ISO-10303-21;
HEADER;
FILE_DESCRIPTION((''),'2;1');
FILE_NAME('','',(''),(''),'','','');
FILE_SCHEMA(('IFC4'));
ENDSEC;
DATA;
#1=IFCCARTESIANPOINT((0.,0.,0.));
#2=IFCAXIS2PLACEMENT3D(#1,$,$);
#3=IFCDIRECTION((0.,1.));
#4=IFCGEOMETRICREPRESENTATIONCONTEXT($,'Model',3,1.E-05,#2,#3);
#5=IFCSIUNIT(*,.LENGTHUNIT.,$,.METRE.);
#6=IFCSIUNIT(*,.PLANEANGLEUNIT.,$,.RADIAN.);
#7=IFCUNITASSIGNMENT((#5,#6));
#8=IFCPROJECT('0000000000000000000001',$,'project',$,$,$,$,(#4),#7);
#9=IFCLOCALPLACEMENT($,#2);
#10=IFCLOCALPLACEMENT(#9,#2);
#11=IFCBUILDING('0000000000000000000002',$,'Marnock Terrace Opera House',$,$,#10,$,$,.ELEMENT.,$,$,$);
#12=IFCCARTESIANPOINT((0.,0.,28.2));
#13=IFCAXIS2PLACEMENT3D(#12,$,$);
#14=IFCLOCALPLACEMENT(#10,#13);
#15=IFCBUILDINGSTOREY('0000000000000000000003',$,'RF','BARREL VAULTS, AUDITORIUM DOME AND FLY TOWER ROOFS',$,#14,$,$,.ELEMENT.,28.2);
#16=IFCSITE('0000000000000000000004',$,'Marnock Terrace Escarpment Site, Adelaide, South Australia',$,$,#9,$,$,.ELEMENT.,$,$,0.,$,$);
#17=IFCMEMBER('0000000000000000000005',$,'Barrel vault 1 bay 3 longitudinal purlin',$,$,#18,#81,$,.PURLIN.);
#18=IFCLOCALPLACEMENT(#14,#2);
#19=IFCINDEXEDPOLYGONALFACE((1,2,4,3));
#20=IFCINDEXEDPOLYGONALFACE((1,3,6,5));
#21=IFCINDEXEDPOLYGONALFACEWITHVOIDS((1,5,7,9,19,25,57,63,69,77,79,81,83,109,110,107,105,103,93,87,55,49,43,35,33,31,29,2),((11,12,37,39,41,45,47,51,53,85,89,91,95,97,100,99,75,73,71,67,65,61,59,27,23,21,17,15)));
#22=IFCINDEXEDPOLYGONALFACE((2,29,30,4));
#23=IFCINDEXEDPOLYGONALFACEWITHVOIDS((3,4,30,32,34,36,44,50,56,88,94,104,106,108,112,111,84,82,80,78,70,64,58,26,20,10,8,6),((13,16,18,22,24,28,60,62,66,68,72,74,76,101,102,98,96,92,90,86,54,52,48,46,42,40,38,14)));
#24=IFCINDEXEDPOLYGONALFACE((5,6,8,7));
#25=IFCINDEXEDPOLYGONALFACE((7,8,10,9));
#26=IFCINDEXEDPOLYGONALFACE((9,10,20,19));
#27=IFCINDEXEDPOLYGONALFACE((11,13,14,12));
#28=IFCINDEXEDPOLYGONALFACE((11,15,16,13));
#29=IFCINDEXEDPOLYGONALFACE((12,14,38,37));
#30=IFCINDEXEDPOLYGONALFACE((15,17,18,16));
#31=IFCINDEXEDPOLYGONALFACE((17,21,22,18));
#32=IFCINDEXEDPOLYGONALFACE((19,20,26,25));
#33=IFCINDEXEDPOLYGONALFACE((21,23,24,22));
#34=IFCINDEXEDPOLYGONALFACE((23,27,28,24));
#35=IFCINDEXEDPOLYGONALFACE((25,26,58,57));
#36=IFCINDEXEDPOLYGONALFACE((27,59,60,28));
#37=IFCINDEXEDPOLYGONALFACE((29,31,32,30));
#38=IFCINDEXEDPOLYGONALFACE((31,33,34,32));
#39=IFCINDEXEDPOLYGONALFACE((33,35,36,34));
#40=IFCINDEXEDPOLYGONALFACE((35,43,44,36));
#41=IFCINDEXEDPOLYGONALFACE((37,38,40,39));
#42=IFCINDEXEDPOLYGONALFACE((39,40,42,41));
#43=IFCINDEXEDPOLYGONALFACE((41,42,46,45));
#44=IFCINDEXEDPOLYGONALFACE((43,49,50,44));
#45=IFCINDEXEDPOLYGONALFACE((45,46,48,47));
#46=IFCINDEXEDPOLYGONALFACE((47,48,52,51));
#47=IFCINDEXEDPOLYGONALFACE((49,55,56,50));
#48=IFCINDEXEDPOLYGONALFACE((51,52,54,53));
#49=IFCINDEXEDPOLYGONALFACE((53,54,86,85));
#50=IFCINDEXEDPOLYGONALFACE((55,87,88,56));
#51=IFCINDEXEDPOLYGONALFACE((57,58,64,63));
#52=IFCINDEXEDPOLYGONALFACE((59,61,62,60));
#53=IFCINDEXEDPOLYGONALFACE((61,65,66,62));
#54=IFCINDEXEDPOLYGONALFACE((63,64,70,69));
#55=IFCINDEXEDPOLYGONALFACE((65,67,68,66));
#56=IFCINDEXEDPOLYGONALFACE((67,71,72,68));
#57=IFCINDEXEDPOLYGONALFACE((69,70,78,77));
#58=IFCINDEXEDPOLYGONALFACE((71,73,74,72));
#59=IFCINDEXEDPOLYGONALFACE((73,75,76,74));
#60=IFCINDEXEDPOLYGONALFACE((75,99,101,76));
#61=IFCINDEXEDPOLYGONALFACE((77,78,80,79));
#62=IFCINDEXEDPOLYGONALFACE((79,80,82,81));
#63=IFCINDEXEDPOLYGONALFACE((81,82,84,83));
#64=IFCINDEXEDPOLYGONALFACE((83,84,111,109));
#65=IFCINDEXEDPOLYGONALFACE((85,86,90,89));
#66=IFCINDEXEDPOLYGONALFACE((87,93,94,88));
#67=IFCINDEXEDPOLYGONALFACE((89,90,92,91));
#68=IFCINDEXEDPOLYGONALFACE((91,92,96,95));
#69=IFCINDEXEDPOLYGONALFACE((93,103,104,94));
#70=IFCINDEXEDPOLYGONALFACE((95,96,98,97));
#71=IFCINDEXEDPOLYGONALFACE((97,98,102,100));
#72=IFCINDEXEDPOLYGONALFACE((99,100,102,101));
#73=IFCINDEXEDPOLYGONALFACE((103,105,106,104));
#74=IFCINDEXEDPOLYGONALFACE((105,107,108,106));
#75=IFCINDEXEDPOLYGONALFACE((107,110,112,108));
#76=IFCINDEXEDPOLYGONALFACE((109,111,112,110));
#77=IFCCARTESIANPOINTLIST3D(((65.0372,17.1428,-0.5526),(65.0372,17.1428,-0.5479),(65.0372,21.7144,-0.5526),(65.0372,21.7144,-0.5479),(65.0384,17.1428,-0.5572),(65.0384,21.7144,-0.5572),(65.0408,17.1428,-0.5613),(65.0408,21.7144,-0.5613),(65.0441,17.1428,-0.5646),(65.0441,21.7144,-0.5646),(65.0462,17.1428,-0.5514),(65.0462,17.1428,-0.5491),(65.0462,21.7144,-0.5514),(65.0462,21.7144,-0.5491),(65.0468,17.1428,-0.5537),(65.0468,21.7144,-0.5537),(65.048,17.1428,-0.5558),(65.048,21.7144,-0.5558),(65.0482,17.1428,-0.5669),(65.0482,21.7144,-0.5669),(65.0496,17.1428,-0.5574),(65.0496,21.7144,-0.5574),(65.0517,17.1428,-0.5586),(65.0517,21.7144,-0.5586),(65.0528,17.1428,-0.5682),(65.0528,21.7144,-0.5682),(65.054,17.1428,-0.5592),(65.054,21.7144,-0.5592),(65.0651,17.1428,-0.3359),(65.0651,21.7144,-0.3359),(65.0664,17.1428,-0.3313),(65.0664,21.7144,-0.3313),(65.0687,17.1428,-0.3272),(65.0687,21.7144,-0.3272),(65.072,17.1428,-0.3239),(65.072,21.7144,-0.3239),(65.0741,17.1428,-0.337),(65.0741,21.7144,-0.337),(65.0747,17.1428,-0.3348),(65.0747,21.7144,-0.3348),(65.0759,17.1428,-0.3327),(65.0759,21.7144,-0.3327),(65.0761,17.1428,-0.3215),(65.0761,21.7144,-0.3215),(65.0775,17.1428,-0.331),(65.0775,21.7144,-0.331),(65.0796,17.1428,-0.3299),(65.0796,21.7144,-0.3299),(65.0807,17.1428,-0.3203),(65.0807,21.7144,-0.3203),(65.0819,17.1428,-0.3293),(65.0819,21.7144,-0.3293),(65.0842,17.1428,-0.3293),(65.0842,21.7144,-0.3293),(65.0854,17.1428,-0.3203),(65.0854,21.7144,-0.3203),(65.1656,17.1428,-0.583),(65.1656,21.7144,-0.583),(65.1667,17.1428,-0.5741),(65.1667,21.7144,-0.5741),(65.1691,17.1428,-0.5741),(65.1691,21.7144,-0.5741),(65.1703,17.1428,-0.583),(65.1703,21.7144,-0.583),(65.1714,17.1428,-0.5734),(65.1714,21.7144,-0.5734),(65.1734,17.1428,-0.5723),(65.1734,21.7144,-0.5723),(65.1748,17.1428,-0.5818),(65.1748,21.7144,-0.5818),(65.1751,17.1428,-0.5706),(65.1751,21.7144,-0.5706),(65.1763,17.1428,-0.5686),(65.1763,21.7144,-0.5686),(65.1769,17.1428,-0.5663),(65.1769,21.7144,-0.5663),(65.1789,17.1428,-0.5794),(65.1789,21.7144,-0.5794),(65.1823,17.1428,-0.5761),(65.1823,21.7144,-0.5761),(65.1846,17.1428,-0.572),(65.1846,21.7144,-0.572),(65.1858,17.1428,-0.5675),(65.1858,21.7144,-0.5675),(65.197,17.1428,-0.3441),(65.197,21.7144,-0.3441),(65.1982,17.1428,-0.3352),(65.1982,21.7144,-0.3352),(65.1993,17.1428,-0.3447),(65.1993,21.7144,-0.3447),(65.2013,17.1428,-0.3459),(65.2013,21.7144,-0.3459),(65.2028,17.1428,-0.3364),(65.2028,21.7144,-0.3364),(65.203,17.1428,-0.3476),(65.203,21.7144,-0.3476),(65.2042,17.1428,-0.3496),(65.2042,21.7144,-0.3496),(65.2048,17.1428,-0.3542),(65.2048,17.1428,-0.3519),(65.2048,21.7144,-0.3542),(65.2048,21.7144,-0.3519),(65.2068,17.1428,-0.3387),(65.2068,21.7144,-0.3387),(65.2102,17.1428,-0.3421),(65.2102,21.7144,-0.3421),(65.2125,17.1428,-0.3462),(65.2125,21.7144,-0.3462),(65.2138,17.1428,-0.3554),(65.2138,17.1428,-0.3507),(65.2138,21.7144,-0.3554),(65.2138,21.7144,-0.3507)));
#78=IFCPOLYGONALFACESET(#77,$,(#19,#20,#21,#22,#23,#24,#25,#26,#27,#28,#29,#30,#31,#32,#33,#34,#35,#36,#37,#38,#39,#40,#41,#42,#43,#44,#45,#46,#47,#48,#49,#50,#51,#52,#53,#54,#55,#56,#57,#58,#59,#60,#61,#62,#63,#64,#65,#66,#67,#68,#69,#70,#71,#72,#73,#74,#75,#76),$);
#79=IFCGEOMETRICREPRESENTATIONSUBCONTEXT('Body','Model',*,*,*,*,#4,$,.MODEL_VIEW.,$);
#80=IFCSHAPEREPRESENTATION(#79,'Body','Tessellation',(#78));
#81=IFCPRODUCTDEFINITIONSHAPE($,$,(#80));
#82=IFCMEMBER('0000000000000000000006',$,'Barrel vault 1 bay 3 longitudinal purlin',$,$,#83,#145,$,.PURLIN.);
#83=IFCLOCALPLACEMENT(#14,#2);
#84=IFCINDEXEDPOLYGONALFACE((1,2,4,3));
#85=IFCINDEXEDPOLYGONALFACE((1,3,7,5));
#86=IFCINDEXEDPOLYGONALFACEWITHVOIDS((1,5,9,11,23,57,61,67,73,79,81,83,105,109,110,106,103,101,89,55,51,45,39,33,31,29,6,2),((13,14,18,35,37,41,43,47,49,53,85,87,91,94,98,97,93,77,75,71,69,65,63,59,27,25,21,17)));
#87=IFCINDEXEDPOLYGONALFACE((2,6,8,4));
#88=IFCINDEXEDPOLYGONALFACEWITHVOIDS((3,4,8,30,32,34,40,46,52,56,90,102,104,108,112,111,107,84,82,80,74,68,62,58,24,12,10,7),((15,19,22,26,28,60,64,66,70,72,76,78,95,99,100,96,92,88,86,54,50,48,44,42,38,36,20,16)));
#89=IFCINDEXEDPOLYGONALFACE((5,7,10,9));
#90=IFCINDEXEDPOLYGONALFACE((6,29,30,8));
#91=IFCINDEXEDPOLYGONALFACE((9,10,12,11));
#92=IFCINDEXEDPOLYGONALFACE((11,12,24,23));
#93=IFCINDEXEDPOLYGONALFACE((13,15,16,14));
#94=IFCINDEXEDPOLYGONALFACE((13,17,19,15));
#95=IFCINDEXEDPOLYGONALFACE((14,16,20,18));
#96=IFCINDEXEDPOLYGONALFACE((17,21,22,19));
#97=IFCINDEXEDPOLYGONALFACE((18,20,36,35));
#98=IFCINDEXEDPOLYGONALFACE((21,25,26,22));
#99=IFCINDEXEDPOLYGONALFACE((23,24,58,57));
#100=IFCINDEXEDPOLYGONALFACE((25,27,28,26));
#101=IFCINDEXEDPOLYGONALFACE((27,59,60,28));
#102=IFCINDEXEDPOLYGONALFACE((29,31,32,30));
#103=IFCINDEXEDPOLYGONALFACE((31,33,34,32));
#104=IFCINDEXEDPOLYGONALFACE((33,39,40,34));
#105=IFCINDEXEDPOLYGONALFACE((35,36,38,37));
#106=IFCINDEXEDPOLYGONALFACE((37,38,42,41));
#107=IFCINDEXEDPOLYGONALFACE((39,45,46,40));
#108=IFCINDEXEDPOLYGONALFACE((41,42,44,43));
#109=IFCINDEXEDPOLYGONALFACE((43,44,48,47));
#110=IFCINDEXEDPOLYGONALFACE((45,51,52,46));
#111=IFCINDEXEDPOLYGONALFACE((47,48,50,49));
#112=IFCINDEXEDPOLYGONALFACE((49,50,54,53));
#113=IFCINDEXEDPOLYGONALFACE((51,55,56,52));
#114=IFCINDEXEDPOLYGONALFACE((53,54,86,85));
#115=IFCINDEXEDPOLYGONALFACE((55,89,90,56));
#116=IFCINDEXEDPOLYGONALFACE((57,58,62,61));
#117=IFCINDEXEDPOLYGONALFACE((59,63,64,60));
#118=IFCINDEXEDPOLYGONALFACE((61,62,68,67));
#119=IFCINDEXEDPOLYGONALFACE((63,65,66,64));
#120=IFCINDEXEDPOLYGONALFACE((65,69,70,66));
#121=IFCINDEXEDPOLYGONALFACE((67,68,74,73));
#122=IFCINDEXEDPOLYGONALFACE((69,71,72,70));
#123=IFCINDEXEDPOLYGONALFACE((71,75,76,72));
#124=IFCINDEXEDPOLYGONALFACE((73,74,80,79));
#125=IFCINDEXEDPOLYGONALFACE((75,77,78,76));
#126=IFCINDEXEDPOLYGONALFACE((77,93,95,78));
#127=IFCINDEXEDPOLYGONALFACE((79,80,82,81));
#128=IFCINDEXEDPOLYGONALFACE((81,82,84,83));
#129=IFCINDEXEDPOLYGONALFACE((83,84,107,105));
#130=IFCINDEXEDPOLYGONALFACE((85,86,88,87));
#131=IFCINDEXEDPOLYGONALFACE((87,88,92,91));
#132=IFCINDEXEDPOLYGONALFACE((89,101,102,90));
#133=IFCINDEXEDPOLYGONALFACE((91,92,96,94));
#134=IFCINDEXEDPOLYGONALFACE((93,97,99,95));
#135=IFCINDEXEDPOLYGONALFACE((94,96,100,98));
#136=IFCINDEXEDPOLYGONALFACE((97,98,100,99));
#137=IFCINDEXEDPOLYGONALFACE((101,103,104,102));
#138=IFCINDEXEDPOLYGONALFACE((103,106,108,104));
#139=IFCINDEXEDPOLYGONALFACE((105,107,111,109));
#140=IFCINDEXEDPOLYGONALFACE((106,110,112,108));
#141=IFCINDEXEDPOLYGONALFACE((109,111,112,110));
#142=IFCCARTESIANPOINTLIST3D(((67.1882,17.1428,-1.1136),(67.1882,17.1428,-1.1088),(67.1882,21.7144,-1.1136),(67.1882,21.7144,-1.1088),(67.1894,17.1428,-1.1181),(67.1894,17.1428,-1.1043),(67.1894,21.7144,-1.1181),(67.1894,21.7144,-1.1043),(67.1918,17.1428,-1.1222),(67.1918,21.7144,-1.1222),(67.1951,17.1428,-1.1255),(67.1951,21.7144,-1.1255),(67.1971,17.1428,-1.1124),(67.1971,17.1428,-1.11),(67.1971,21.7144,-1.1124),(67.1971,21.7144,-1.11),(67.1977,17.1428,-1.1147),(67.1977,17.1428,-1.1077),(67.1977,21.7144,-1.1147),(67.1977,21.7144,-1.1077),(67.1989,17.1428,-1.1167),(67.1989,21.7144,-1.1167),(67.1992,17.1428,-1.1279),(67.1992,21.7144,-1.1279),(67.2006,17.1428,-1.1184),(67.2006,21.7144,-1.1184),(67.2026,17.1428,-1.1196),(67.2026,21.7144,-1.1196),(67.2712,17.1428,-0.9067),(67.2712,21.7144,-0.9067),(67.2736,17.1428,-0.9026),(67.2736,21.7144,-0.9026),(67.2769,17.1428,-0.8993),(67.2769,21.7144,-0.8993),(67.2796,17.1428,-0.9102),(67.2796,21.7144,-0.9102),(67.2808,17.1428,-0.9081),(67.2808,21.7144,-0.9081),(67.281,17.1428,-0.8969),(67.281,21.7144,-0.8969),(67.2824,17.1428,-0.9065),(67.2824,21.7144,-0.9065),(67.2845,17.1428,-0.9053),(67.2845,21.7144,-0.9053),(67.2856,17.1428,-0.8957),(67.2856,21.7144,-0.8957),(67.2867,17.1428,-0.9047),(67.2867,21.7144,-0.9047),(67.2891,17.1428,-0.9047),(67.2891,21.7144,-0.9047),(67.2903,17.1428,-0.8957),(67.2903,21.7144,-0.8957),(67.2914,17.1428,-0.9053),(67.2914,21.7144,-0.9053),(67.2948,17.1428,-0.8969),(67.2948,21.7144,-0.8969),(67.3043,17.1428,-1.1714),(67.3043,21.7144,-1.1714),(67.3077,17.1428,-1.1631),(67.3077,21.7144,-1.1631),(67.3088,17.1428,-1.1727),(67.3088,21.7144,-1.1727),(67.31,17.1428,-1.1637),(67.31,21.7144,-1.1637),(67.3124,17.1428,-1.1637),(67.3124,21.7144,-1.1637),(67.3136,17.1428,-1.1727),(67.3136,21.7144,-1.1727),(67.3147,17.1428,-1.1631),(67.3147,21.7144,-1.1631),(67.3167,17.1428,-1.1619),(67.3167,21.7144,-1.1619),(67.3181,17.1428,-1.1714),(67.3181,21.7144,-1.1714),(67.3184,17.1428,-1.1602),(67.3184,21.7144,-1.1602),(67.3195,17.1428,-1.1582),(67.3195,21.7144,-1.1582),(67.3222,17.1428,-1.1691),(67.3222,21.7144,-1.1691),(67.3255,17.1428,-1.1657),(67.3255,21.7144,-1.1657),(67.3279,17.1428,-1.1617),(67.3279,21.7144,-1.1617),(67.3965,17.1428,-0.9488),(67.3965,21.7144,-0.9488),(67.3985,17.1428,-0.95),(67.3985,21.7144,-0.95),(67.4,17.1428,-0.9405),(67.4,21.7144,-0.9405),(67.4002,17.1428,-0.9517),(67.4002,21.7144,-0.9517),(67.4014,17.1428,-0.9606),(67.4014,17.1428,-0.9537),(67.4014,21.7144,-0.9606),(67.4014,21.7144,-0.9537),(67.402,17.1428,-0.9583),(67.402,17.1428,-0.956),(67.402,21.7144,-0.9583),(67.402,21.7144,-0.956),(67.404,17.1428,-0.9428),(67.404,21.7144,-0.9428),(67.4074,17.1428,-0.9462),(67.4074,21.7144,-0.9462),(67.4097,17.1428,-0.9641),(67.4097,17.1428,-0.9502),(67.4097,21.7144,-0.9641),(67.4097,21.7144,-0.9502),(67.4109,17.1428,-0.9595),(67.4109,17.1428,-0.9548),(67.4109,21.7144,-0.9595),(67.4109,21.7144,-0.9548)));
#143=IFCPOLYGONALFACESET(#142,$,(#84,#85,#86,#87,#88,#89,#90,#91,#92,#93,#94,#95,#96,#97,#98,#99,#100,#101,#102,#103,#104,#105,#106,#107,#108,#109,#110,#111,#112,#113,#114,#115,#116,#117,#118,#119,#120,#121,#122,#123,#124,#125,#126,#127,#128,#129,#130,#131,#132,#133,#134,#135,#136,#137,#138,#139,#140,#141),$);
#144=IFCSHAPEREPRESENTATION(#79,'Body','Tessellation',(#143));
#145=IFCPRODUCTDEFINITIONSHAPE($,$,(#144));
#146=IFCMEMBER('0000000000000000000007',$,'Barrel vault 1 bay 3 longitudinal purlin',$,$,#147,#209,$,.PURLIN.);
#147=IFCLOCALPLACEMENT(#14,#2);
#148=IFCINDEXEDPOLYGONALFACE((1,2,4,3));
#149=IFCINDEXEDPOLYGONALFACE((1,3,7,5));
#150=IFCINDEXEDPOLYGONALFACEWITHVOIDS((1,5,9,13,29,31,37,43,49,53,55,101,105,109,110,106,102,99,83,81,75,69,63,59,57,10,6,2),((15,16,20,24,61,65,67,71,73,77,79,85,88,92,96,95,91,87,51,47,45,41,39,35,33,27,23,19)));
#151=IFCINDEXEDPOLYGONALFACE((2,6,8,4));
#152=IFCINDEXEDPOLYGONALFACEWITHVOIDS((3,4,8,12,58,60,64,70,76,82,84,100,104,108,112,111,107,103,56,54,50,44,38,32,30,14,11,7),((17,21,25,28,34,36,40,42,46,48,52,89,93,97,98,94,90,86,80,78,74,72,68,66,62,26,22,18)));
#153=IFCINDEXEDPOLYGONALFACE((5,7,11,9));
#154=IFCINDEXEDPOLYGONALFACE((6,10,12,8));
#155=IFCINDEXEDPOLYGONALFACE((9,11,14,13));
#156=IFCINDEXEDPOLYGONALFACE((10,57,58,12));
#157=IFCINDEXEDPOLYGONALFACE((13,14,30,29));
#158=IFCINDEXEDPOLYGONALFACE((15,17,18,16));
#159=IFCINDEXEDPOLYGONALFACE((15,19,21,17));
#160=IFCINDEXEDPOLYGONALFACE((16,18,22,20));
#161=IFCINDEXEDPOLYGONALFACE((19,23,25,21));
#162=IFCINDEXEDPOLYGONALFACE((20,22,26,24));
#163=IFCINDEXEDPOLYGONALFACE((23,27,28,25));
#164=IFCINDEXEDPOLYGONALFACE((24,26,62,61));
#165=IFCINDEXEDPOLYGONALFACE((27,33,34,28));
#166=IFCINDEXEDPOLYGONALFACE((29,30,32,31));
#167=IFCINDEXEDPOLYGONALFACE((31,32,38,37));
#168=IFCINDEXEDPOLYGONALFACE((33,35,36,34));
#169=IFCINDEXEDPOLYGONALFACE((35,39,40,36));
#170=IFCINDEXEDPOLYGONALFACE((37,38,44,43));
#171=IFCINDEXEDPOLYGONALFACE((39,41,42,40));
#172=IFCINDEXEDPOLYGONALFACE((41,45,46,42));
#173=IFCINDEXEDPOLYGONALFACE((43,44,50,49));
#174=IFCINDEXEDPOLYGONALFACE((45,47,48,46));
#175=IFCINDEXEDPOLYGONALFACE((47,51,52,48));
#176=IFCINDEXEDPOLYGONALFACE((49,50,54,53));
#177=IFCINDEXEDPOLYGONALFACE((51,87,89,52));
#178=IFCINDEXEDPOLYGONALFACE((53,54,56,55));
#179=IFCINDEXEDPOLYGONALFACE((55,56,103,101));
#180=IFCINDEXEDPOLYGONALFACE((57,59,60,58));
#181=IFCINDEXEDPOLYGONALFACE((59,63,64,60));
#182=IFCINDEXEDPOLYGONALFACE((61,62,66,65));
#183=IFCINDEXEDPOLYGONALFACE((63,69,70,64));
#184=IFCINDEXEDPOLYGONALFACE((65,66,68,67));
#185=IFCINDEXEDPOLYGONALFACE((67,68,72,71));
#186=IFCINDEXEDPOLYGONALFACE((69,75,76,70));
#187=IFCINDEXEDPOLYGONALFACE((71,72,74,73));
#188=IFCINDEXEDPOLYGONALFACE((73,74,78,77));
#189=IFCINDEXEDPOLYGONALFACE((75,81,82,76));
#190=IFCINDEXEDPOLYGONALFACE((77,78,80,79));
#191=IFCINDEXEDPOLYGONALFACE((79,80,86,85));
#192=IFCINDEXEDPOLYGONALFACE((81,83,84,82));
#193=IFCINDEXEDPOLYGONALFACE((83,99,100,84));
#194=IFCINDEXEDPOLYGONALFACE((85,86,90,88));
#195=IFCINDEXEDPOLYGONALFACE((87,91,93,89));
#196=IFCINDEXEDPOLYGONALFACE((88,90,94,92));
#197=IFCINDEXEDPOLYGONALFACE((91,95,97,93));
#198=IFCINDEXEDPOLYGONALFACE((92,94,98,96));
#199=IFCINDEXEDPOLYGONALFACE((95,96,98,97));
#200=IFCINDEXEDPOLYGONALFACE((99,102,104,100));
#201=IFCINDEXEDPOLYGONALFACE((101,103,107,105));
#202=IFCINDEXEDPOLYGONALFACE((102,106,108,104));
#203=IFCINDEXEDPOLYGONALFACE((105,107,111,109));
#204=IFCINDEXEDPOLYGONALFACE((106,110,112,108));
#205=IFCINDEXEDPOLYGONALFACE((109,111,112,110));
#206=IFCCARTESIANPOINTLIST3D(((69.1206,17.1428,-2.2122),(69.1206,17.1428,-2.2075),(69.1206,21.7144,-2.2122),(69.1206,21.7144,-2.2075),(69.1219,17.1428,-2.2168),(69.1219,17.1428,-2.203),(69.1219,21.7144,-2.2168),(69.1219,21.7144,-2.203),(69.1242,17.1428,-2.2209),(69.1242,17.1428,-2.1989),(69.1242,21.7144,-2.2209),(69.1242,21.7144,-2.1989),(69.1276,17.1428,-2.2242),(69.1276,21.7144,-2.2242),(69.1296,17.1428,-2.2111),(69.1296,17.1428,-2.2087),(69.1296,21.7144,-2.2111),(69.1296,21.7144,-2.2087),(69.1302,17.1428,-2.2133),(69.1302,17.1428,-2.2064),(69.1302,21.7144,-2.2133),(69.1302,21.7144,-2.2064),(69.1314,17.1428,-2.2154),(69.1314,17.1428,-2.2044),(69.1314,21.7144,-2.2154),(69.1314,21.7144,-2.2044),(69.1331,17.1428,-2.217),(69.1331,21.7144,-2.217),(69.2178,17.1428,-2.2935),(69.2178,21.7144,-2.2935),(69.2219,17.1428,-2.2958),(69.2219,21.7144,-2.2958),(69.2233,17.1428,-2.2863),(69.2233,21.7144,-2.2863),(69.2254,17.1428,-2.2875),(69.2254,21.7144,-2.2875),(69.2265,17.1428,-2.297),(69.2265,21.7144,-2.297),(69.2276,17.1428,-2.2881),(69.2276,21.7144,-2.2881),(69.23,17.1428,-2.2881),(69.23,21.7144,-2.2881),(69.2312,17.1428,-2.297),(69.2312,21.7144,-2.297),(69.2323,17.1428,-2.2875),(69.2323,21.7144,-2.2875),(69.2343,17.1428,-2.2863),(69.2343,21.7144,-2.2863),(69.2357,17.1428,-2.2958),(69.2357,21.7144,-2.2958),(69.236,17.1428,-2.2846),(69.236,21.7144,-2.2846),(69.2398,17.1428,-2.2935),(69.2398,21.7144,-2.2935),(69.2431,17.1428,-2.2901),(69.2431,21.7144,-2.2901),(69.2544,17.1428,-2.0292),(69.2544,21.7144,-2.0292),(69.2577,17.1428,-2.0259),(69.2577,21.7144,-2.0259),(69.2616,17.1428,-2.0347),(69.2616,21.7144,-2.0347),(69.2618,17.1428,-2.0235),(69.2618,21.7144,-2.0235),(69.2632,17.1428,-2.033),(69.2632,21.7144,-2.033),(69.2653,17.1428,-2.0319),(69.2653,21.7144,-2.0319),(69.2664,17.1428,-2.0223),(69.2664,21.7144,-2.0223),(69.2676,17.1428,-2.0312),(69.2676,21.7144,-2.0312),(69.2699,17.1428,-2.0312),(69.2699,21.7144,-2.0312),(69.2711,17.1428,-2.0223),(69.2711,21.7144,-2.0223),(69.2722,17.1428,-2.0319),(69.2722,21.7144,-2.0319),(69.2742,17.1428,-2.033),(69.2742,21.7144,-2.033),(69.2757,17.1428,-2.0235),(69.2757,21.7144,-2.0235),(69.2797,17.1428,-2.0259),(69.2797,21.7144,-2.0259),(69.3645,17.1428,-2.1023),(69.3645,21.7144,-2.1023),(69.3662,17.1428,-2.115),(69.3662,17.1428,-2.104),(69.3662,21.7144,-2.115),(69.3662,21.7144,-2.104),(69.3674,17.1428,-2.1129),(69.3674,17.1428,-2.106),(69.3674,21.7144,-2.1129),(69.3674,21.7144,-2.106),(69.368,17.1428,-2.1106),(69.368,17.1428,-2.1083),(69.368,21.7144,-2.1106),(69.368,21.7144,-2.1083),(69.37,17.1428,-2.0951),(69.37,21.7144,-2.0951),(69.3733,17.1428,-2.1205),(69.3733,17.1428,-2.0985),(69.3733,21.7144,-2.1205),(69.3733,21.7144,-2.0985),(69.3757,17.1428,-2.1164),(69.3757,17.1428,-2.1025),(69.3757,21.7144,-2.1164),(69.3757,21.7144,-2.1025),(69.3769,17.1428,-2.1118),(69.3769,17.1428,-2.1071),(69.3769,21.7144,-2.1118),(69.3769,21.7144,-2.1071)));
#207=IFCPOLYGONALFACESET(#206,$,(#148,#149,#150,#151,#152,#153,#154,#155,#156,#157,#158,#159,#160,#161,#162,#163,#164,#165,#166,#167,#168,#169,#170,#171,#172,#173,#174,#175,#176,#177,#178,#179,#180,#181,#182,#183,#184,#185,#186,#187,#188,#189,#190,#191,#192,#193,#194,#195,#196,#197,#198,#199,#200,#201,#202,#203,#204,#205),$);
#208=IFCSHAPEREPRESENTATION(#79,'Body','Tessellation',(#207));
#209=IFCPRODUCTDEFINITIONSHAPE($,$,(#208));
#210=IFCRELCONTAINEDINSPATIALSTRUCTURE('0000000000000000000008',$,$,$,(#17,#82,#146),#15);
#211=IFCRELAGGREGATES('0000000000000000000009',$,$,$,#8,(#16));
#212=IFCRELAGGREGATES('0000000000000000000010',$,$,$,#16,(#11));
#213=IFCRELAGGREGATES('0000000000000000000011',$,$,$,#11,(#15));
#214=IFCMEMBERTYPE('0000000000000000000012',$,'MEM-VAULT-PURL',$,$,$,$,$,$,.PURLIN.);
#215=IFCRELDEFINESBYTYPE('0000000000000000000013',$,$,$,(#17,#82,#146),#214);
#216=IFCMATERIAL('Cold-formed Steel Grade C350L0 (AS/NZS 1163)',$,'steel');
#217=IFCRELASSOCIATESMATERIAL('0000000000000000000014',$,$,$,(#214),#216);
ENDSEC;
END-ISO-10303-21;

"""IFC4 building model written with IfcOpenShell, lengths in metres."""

from ifc_helpers import new_model, si_unit, direction, frame, origin, origin_2d, place, context, subcontext, project, spatial, hollow_rectangle, extrude, material, material_profile, profile_set, type_object, element, save


model = new_model("IFC4")

# Units and contexts
model_context = context("Model", 3, precision=1e-05, world=origin(), true_north=direction((0.0, 1.0)))
body_context = subcontext(model_context, "Body", "Model", "MODEL_VIEW")
ifc_project = project(units=[si_unit("LENGTHUNIT", "METRE"), si_unit("PLANEANGLEUNIT", "RADIAN")], contexts=[model_context])

# Site, building, storey
site_placement = place(None, origin())
site = spatial("IfcSite", under=ifc_project, at=site_placement, Name="Marnock Terrace Escarpment Site, Adelaide, South Australia", CompositionType="ELEMENT", RefElevation=0.0)
building_placement = place(site_placement, origin())
building = spatial("IfcBuilding", under=site, at=building_placement, Name="Marnock Terrace Opera House", CompositionType="ELEMENT")
storey_placement = place(building_placement, frame((0.0, 0.0, 28.2)))
storey = spatial("IfcBuildingStorey", under=building, at=storey_placement, Name="RF", Description="BARREL VAULTS, AUDITORIUM DOME AND FLY TOWER ROOFS", CompositionType="ELEMENT", Elevation=28.2)

# Members
ifc_material_1 = material(Name="Cold-formed Steel Grade C350L0 (AS/NZS 1163)", Category="steel")
ifc_material_profile_1 = material_profile(ifc_material_1, hollow_rectangle(XDim=0.1499, YDim=0.25, WallThickness=0.009, InnerFilletRadius=0.009, OuterFilletRadius=0.0181, at=origin_2d()))
ifc_profile_set_1 = profile_set([ifc_material_profile_1], Name="Cold-formed Steel Grade C350L0 (AS/NZS 1163)")
member_type_1 = type_object("IfcMemberType", Name="MEM-VAULT-PURL", PredefinedType="PURLIN", material=ifc_profile_set_1)
for number, where, z_axis, x_axis, name in (
    (1, (65.1255, 17.1428, -0.4517), (0.0, 1.0, 0.0), (-0.991445, 0.0, 0.130526), "Barrel vault 1 bay 3 longitudinal purlin"),
    (2, (67.2996, 17.1428, -1.0342), (0.0, 1.0, 0.0), (-0.92388, 0.0, 0.382683), "Barrel vault 1 bay 3 longitudinal purlin"),
    (3, (69.2488, 17.1428, -2.1597), (0.0, 1.0, 0.0), (-0.793353, 0.0, 0.608761), "Barrel vault 1 bay 3 longitudinal purlin"),
):
    element("IfcMember", number, at=place(storey_placement, frame(where, z_axis=z_axis, x_axis=x_axis)), inside=storey, type_object=member_type_1, Name=name, PredefinedType="PURLIN", context=body_context, shape_type="SweptSolid", body=[
        extrude(hollow_rectangle(XDim=0.1499, YDim=0.25, WallThickness=0.009, InnerFilletRadius=0.009, OuterFilletRadius=0.0181, at=origin_2d()), origin(), (0.0, 0.0, 1.0), 4.5715),
    ])

save(model, "model.ifc")
